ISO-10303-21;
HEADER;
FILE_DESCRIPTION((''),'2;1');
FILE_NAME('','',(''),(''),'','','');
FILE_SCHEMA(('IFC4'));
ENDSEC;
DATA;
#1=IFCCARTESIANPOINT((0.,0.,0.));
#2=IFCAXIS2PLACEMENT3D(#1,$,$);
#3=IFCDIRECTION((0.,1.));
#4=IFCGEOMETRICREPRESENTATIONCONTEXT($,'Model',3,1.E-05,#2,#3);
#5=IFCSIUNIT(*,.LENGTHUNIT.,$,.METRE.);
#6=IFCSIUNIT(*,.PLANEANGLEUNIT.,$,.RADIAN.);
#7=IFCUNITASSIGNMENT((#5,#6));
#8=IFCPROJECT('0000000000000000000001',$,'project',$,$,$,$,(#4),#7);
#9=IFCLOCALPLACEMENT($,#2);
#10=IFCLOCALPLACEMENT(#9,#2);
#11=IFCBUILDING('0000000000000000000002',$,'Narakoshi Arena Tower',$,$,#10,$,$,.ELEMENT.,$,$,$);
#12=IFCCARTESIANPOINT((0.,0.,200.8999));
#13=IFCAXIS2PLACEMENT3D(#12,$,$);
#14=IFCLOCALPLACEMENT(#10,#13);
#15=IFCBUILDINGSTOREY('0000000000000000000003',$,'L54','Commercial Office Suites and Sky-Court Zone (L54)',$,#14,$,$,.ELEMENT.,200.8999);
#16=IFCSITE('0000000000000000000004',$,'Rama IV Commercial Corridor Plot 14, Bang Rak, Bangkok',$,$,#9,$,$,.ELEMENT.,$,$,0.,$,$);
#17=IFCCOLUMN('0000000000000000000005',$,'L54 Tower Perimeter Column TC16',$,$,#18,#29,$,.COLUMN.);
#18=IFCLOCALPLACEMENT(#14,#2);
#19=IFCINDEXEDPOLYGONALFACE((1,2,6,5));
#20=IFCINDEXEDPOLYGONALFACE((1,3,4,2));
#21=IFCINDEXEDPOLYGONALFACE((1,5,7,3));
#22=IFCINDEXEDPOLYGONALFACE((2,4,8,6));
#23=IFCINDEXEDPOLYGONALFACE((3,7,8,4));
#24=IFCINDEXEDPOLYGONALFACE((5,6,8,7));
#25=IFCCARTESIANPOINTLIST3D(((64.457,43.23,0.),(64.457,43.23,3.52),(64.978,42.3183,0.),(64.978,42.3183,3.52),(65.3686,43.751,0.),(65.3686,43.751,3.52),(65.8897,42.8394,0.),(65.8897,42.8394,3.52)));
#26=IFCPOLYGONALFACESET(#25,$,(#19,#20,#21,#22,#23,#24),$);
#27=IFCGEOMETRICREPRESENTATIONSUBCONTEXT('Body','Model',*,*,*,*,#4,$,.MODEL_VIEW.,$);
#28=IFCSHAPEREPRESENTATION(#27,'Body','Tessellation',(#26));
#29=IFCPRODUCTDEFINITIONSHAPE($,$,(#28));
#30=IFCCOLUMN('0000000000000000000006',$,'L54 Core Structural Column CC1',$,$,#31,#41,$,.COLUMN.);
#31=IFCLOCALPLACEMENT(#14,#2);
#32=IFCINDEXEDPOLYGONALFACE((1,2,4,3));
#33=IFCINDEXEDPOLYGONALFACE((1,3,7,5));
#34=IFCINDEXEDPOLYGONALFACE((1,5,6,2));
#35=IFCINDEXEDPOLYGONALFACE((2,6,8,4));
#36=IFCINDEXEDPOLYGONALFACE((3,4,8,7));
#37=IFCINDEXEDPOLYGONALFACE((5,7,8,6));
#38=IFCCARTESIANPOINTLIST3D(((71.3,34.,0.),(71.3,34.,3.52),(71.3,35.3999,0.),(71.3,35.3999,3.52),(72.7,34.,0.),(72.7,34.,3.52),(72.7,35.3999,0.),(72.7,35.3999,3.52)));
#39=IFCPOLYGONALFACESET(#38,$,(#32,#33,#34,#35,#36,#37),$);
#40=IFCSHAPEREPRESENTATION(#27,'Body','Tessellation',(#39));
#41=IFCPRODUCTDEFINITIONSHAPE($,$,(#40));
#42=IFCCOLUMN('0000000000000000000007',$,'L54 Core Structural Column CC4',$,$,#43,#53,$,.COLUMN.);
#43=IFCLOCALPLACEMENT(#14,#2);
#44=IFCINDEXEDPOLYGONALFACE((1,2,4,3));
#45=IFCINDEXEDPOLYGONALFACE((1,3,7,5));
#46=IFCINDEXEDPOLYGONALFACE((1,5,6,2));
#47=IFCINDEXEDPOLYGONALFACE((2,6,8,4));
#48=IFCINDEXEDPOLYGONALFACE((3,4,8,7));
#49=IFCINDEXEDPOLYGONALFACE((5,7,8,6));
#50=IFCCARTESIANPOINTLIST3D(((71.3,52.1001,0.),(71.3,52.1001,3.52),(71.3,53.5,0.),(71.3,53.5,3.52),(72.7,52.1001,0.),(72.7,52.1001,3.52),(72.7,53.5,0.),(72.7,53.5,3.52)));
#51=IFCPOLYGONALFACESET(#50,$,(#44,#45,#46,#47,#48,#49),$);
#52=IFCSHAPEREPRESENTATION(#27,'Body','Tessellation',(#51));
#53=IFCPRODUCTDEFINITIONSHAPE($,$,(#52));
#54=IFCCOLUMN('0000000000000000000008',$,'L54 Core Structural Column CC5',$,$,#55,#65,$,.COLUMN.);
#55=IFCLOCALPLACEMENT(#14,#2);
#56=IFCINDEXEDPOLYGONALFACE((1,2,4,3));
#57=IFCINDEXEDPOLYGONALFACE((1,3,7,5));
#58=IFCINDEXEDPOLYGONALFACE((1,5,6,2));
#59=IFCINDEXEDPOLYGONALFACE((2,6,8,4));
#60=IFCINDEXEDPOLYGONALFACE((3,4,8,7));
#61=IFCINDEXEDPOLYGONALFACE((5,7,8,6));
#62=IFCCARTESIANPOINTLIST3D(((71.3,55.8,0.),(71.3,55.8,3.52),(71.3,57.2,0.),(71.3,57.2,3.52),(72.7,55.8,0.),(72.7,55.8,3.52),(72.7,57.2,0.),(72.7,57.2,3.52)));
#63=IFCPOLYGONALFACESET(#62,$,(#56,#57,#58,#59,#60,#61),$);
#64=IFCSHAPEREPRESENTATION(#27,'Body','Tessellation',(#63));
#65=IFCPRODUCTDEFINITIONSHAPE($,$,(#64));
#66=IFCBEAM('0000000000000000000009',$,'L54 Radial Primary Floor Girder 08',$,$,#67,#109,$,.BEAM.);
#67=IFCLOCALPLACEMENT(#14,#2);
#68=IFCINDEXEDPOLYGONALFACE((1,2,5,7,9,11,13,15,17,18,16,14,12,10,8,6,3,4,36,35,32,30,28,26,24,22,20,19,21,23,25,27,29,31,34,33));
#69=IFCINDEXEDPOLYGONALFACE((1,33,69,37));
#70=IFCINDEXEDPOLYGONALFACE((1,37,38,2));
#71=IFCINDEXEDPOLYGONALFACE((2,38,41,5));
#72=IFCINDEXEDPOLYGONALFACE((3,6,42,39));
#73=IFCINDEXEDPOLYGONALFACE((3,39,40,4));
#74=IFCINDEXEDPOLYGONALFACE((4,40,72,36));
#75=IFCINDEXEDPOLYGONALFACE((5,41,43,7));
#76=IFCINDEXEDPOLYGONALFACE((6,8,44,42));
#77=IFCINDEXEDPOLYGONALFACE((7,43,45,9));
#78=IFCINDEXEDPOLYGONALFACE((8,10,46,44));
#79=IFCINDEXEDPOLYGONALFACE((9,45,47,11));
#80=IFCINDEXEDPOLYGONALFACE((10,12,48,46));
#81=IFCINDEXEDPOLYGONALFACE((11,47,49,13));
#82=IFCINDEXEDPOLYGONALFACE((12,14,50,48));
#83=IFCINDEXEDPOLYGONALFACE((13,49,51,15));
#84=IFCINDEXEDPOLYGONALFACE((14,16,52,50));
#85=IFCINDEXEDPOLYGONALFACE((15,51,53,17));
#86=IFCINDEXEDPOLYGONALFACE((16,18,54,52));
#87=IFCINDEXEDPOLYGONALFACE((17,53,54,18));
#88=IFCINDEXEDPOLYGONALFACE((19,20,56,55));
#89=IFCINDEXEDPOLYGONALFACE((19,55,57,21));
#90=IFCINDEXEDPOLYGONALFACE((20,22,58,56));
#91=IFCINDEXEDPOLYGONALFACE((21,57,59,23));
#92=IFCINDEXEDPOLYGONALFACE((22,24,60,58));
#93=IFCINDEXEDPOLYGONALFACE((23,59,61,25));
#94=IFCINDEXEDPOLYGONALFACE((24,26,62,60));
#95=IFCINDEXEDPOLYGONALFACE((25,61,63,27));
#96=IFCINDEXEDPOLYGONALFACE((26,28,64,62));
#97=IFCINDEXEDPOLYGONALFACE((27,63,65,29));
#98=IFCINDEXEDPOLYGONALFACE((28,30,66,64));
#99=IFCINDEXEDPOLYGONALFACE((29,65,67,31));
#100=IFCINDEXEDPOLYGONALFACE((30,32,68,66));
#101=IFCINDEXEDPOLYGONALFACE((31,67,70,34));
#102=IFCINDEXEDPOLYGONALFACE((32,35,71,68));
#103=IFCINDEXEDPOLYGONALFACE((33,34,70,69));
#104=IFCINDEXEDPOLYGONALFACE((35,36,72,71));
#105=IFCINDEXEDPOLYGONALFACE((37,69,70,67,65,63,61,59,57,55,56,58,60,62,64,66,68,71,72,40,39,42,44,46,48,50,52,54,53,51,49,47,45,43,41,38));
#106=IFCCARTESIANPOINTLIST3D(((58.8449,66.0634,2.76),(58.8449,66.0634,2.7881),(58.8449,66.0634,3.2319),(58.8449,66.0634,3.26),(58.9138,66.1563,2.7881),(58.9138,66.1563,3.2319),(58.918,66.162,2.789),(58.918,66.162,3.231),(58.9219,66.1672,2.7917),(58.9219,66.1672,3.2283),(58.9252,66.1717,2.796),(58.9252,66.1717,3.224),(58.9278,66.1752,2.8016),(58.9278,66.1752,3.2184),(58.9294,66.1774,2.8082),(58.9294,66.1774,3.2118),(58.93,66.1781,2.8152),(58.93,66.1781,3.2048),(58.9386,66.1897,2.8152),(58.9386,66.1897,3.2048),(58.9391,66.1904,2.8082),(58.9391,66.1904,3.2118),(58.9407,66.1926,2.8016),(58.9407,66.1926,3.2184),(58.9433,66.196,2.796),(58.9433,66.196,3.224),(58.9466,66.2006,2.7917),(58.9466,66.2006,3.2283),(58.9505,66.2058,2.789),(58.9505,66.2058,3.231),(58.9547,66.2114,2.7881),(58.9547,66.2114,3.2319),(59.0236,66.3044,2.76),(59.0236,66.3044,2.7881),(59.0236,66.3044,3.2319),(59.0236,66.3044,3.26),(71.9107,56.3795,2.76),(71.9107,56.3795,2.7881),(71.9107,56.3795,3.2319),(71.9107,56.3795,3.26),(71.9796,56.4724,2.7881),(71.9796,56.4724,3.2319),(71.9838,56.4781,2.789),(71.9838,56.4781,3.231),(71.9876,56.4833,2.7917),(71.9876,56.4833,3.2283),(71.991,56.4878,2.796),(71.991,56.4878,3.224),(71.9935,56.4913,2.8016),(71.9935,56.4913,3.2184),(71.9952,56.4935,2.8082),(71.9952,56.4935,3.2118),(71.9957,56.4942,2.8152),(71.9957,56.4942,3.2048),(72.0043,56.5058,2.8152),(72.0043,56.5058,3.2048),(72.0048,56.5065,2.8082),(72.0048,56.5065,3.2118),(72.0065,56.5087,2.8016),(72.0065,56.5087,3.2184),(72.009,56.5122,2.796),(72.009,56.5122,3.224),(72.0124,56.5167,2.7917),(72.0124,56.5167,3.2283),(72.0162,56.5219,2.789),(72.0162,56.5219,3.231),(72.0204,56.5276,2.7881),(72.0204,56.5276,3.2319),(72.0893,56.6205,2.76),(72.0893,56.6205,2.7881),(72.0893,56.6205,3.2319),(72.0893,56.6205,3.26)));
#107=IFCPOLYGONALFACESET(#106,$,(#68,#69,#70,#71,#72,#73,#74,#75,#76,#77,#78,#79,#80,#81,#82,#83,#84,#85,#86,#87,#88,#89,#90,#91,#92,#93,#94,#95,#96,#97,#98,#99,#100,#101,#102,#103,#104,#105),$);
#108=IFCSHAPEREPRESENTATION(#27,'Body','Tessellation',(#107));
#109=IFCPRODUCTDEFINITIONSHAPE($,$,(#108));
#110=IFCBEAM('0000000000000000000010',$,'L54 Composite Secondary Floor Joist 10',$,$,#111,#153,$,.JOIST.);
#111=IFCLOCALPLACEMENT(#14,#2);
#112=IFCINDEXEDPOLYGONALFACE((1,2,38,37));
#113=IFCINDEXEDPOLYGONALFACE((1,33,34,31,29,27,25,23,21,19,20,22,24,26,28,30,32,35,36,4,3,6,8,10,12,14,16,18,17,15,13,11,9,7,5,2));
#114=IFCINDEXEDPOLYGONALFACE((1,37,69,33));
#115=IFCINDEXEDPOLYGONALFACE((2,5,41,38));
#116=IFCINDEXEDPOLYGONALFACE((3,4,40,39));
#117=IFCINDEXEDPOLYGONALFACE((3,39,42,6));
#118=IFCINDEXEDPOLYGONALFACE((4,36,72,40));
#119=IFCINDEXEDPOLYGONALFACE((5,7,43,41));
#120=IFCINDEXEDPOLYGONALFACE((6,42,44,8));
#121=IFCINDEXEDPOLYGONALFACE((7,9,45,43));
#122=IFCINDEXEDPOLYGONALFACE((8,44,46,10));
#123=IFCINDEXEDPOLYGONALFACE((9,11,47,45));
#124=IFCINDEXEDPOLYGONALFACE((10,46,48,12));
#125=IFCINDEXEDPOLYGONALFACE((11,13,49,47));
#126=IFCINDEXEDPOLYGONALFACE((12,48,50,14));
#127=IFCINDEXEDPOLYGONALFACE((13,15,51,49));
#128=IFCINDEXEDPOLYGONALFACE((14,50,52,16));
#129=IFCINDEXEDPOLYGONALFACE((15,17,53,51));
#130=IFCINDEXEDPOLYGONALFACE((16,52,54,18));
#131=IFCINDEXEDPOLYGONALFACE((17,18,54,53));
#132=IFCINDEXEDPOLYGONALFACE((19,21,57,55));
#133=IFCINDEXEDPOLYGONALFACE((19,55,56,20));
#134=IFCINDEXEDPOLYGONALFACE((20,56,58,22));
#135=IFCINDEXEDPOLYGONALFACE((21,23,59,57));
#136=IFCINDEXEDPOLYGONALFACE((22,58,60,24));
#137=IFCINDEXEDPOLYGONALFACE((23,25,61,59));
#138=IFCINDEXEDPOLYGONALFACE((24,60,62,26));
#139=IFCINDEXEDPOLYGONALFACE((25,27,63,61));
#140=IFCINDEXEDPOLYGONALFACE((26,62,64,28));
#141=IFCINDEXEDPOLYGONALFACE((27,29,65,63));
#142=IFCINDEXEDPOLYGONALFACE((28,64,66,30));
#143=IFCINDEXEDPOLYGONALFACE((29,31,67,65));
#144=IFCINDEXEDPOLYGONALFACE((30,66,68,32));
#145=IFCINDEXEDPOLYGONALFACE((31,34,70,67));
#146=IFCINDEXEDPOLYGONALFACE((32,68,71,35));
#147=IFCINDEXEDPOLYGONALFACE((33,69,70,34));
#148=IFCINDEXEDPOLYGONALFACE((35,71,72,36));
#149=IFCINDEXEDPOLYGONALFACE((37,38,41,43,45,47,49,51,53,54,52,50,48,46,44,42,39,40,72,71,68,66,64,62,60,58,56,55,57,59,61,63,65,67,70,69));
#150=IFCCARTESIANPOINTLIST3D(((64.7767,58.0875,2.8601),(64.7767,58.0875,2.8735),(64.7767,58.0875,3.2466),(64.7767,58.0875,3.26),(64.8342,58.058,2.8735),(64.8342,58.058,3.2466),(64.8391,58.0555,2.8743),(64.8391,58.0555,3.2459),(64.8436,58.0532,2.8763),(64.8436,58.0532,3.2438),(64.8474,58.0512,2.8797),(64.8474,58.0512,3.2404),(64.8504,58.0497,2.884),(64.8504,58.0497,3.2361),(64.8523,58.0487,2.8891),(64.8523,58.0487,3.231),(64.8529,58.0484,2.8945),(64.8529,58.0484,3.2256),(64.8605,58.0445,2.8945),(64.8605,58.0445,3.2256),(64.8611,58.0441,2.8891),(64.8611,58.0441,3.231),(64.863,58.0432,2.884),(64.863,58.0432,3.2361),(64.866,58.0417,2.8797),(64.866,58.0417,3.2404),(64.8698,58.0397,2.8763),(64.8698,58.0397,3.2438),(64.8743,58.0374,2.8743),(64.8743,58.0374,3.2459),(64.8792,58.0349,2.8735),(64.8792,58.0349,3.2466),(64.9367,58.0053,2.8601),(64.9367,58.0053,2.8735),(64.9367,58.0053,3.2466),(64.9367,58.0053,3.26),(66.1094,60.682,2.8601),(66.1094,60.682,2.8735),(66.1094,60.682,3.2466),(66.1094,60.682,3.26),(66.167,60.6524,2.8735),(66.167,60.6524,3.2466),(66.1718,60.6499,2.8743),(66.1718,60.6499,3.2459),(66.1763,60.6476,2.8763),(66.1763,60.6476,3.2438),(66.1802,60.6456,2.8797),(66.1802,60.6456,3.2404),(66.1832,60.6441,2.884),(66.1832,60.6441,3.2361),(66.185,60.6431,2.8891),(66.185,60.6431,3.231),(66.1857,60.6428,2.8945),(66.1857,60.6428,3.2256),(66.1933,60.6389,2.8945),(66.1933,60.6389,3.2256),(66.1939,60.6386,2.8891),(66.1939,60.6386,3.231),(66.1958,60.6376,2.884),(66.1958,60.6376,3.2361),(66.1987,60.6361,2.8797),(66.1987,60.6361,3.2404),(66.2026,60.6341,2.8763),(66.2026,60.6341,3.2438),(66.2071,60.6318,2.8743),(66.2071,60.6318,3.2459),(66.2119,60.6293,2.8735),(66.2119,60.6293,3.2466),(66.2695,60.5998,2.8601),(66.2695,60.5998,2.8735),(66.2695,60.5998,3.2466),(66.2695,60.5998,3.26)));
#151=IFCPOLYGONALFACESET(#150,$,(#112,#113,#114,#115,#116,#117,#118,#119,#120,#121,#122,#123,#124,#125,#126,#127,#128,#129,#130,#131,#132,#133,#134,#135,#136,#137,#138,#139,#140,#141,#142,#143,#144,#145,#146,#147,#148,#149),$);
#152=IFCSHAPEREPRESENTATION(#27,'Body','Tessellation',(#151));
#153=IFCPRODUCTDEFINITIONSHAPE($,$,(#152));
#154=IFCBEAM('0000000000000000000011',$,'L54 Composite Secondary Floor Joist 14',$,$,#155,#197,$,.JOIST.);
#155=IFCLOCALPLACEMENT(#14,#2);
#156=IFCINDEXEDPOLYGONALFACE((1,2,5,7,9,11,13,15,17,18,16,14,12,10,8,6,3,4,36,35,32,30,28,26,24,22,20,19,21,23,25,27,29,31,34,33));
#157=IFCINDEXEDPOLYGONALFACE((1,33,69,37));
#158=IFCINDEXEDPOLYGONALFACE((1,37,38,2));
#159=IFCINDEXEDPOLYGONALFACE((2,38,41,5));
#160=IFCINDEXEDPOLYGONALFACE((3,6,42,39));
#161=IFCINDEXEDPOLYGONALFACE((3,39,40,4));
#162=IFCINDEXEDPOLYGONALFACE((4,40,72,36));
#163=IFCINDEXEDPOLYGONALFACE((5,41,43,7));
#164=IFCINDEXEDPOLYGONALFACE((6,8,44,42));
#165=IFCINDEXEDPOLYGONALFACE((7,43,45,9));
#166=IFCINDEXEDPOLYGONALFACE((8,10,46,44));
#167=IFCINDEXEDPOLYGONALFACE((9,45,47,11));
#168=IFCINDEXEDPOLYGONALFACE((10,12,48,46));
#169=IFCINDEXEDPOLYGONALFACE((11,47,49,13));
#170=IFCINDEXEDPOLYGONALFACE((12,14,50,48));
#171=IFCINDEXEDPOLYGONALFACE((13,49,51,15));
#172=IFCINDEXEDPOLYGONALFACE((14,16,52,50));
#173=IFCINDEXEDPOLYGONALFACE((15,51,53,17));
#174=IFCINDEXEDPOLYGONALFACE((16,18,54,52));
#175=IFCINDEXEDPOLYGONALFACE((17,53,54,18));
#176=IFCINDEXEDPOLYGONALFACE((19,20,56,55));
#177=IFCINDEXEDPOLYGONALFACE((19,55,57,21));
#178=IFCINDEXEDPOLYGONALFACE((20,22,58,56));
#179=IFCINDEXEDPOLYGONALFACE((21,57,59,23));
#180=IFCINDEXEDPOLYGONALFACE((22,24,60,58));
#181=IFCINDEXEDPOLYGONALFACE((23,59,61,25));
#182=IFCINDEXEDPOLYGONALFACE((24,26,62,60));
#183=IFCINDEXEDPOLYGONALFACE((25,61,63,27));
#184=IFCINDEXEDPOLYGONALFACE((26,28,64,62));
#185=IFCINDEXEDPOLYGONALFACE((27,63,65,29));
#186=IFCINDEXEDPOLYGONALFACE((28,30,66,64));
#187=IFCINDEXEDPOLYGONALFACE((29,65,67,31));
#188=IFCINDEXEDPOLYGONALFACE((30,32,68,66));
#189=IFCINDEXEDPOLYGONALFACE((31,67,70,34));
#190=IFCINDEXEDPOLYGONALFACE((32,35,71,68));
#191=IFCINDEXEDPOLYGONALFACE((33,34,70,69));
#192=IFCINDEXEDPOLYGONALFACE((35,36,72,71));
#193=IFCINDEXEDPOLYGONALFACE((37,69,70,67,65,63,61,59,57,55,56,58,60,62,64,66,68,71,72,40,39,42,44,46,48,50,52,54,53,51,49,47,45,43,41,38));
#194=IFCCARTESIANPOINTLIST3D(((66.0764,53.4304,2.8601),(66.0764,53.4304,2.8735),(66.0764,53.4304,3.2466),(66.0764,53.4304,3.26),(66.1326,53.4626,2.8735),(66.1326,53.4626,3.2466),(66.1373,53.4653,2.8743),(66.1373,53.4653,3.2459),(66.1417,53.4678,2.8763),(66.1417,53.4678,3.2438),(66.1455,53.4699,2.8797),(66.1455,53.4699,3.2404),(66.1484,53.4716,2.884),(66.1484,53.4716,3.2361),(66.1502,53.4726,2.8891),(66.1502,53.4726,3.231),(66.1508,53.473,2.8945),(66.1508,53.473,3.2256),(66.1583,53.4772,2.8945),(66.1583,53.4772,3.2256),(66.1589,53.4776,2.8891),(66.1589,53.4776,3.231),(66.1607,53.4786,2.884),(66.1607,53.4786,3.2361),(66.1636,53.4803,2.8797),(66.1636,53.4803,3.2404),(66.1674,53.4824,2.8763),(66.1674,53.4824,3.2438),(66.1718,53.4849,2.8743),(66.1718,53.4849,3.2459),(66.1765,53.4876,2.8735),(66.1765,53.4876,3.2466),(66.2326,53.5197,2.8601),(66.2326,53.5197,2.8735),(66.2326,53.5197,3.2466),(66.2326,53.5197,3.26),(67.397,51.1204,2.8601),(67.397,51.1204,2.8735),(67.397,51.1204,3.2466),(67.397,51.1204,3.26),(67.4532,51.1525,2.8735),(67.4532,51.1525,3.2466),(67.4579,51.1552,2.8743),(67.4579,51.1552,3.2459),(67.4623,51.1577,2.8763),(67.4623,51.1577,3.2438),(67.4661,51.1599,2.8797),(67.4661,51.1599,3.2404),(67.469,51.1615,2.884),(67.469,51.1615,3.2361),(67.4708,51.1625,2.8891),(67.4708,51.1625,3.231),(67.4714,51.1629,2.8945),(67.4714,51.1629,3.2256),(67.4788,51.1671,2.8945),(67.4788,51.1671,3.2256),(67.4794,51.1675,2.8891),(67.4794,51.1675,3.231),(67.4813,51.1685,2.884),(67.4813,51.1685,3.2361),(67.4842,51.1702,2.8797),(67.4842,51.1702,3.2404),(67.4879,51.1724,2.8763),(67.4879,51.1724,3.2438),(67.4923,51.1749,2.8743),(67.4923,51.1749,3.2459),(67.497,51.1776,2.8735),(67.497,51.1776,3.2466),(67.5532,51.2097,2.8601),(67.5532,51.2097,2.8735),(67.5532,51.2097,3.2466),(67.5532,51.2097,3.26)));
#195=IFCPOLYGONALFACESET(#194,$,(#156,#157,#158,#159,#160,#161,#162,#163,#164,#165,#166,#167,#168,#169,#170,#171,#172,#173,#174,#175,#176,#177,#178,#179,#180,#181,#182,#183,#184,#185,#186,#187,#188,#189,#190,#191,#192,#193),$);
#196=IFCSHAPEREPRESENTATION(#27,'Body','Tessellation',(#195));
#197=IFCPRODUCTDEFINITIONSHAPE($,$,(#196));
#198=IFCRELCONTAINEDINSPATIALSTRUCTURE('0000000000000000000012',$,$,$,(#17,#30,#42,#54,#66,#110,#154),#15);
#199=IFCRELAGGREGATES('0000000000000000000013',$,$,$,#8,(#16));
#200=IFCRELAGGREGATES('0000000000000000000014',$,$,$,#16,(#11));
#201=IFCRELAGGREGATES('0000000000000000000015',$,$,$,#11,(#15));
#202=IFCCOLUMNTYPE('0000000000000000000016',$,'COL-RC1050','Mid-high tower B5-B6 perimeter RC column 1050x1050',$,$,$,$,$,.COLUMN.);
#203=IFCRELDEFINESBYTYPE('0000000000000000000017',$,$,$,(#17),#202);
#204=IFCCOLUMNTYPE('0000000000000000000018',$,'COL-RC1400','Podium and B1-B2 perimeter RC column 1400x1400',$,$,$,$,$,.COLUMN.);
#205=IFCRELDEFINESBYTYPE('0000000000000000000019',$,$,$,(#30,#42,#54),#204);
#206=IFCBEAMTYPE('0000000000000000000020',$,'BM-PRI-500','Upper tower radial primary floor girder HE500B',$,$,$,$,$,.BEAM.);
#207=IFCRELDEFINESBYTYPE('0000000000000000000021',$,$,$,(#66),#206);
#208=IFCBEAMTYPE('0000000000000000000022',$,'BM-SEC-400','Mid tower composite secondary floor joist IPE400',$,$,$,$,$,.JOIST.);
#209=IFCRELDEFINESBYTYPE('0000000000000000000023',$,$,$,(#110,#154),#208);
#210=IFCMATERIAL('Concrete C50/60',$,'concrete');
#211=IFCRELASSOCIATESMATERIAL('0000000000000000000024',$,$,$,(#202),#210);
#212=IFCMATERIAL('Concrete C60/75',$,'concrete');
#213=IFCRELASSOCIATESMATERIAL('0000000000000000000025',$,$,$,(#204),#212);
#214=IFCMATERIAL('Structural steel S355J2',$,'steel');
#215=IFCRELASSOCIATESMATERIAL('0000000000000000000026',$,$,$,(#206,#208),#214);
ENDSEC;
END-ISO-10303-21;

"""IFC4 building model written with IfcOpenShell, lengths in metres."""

from ifc_helpers import new_model, si_unit, direction, frame, origin, origin_2d, place, context, subcontext, project, spatial, rectangle, i_section, extrude, material, material_profile, profile_set, type_object, element, save


model = new_model("IFC4")

# Units and contexts
model_context = context("Model", 3, precision=1e-05, world=origin(), true_north=direction((0.0, 1.0)))
body_context = subcontext(model_context, "Body", "Model", "MODEL_VIEW")
ifc_project = project(units=[si_unit("LENGTHUNIT", "METRE"), si_unit("PLANEANGLEUNIT", "RADIAN")], contexts=[model_context])

# Site, building, storey
site_placement = place(None, origin())
site = spatial("IfcSite", under=ifc_project, at=site_placement, Name="Rama IV Commercial Corridor Plot 14, Bang Rak, Bangkok", CompositionType="ELEMENT", RefElevation=0.0)
building_placement = place(site_placement, origin())
building = spatial("IfcBuilding", under=site, at=building_placement, Name="Narakoshi Arena Tower", CompositionType="ELEMENT")
storey_placement = place(building_placement, frame((0.0, 0.0, 200.8999)))
storey = spatial("IfcBuildingStorey", under=building, at=storey_placement, Name="L54", Description="Commercial Office Suites and Sky-Court Zone (L54)", CompositionType="ELEMENT", Elevation=200.8999)

# Columns
ifc_material_1 = material(Name="Concrete C50/60", Category="concrete")
ifc_material_profile_1 = material_profile(ifc_material_1, rectangle(XDim=1.05, YDim=1.05, at=origin_2d()), Name="RC1050x1050")
ifc_profile_set_1 = profile_set([ifc_material_profile_1], Name="Concrete C50/60")
column_type_1 = type_object("IfcColumnType", Name="COL-RC1050", Description="Mid-high tower B5-B6 perimeter RC column 1050x1050", PredefinedType="COLUMN", material=ifc_profile_set_1)
column_placement = place(storey_placement, frame((65.1733, 43.0347, 0.0), z_axis=(0.0, 0.0, 1.0), x_axis=(-0.496217, 0.868199, 0.0)))
element("IfcColumn", 1, at=column_placement, inside=storey, type_object=column_type_1, Name="L54 Tower Perimeter Column TC16", PredefinedType="COLUMN", context=body_context, shape_type="SweptSolid", body=[
    extrude(rectangle(XDim=1.05, YDim=1.05, at=origin_2d()), origin(), (0.0, 0.0, 1.0), 3.52),
])
ifc_material_2 = material(Name="Concrete C60/75", Category="concrete")
ifc_material_profile_2 = material_profile(ifc_material_2, rectangle(XDim=1.3999, YDim=1.3999, at=origin_2d()), Name="RC1400x1400")
ifc_profile_set_2 = profile_set([ifc_material_profile_2], Name="Concrete C60/75")
column_type_2 = type_object("IfcColumnType", Name="COL-RC1400", Description="Podium and B1-B2 perimeter RC column 1400x1400", PredefinedType="COLUMN", material=ifc_profile_set_2)
for number, where, z_axis, x_axis, name in (
    (2, (72.0, 34.7, 0.0), (0.0, 0.0, 1.0), (1.0, 0.0, 0.0), "L54 Core Structural Column CC1"),
    (3, (72.0, 52.8, 0.0), (0.0, 0.0, 1.0), (1.0, 0.0, 0.0), "L54 Core Structural Column CC4"),
    (4, (72.0, 56.5, 0.0), (0.0, 0.0, 1.0), (1.0, 0.0, 0.0), "L54 Core Structural Column CC5"),
):
    element("IfcColumn", number, at=place(storey_placement, frame(where, z_axis=z_axis, x_axis=x_axis)), inside=storey, type_object=column_type_2, Name=name, PredefinedType="COLUMN", context=body_context, shape_type="SweptSolid", body=[
        extrude(rectangle(XDim=1.3999, YDim=1.3999, at=origin_2d()), origin(), (0.0, 0.0, 1.0), 3.52),
    ])

# Beams
ifc_material_3 = material(Name="Structural steel S355J2", Category="steel")
ifc_material_profile_3 = material_profile(ifc_material_3, i_section(OverallWidth=0.3, OverallDepth=0.5, WebThickness=0.0144, FlangeThickness=0.0281, FilletRadius=0.0271, at=origin_2d()), Name="HE500B")
ifc_profile_set_3 = profile_set([ifc_material_profile_3], Name="Structural steel S355J2")
beam_type_1 = type_object("IfcBeamType", Name="BM-PRI-500", Description="Upper tower radial primary floor girder HE500B", PredefinedType="BEAM", material=ifc_profile_set_3)
beam_1_placement = place(storey_placement, frame((72.0, 56.5, 3.01), z_axis=(-0.803394, 0.595448, 0.0), x_axis=(-0.595448, -0.803394, 0.0)))
element("IfcBeam", 5, at=beam_1_placement, inside=storey, type_object=beam_type_1, Name="L54 Radial Primary Floor Girder 08", PredefinedType="BEAM", context=body_context, shape_type="SweptSolid", body=[
    extrude(i_section(OverallWidth=0.3, OverallDepth=0.5, WebThickness=0.0144, FlangeThickness=0.0281, FilletRadius=0.0271, at=origin_2d()), origin(), (0.0, 0.0, 1.0), 16.2632),
])
ifc_material_profile_4 = material_profile(ifc_material_3, i_section(OverallWidth=0.1799, OverallDepth=0.3999, WebThickness=0.0085, FlangeThickness=0.0134, FilletRadius=0.021, at=origin_2d()), Name="IPE400")
ifc_profile_set_4 = profile_set([ifc_material_profile_4], Name="Structural steel S355J2")
beam_type_2 = type_object("IfcBeamType", Name="BM-SEC-400", Description="Mid tower composite secondary floor joist IPE400", PredefinedType="JOIST", material=ifc_profile_set_4)
beam_2_placement = place(storey_placement, frame((66.1895, 60.6409, 3.0601), z_axis=(-0.45693, -0.889503, 0.0), x_axis=(0.889503, -0.45693, 0.0)))
element("IfcBeam", 6, at=beam_2_placement, inside=storey, type_object=beam_type_2, Name="L54 Composite Secondary Floor Joist 10", PredefinedType="JOIST", context=body_context, shape_type="SweptSolid", body=[
    extrude(i_section(OverallWidth=0.1799, OverallDepth=0.3999, WebThickness=0.0085, FlangeThickness=0.0134, FilletRadius=0.021, at=origin_2d()), origin(), (0.0, 0.0, 1.0), 2.9167),
])
beam_3_placement = place(storey_placement, frame((66.1545, 53.4751, 3.0601), z_axis=(0.496287, -0.868158, 0.0), x_axis=(0.868158, 0.496287, 0.0)))
element("IfcBeam", 7, at=beam_3_placement, inside=storey, type_object=beam_type_2, Name="L54 Composite Secondary Floor Joist 14", PredefinedType="JOIST", context=body_context, shape_type="SweptSolid", body=[
    extrude(i_section(OverallWidth=0.1799, OverallDepth=0.3999, WebThickness=0.0085, FlangeThickness=0.0134, FilletRadius=0.021, at=origin_2d()), origin(), (0.0, 0.0, 1.0), 2.6609),
])

save(model, "model.ifc")
